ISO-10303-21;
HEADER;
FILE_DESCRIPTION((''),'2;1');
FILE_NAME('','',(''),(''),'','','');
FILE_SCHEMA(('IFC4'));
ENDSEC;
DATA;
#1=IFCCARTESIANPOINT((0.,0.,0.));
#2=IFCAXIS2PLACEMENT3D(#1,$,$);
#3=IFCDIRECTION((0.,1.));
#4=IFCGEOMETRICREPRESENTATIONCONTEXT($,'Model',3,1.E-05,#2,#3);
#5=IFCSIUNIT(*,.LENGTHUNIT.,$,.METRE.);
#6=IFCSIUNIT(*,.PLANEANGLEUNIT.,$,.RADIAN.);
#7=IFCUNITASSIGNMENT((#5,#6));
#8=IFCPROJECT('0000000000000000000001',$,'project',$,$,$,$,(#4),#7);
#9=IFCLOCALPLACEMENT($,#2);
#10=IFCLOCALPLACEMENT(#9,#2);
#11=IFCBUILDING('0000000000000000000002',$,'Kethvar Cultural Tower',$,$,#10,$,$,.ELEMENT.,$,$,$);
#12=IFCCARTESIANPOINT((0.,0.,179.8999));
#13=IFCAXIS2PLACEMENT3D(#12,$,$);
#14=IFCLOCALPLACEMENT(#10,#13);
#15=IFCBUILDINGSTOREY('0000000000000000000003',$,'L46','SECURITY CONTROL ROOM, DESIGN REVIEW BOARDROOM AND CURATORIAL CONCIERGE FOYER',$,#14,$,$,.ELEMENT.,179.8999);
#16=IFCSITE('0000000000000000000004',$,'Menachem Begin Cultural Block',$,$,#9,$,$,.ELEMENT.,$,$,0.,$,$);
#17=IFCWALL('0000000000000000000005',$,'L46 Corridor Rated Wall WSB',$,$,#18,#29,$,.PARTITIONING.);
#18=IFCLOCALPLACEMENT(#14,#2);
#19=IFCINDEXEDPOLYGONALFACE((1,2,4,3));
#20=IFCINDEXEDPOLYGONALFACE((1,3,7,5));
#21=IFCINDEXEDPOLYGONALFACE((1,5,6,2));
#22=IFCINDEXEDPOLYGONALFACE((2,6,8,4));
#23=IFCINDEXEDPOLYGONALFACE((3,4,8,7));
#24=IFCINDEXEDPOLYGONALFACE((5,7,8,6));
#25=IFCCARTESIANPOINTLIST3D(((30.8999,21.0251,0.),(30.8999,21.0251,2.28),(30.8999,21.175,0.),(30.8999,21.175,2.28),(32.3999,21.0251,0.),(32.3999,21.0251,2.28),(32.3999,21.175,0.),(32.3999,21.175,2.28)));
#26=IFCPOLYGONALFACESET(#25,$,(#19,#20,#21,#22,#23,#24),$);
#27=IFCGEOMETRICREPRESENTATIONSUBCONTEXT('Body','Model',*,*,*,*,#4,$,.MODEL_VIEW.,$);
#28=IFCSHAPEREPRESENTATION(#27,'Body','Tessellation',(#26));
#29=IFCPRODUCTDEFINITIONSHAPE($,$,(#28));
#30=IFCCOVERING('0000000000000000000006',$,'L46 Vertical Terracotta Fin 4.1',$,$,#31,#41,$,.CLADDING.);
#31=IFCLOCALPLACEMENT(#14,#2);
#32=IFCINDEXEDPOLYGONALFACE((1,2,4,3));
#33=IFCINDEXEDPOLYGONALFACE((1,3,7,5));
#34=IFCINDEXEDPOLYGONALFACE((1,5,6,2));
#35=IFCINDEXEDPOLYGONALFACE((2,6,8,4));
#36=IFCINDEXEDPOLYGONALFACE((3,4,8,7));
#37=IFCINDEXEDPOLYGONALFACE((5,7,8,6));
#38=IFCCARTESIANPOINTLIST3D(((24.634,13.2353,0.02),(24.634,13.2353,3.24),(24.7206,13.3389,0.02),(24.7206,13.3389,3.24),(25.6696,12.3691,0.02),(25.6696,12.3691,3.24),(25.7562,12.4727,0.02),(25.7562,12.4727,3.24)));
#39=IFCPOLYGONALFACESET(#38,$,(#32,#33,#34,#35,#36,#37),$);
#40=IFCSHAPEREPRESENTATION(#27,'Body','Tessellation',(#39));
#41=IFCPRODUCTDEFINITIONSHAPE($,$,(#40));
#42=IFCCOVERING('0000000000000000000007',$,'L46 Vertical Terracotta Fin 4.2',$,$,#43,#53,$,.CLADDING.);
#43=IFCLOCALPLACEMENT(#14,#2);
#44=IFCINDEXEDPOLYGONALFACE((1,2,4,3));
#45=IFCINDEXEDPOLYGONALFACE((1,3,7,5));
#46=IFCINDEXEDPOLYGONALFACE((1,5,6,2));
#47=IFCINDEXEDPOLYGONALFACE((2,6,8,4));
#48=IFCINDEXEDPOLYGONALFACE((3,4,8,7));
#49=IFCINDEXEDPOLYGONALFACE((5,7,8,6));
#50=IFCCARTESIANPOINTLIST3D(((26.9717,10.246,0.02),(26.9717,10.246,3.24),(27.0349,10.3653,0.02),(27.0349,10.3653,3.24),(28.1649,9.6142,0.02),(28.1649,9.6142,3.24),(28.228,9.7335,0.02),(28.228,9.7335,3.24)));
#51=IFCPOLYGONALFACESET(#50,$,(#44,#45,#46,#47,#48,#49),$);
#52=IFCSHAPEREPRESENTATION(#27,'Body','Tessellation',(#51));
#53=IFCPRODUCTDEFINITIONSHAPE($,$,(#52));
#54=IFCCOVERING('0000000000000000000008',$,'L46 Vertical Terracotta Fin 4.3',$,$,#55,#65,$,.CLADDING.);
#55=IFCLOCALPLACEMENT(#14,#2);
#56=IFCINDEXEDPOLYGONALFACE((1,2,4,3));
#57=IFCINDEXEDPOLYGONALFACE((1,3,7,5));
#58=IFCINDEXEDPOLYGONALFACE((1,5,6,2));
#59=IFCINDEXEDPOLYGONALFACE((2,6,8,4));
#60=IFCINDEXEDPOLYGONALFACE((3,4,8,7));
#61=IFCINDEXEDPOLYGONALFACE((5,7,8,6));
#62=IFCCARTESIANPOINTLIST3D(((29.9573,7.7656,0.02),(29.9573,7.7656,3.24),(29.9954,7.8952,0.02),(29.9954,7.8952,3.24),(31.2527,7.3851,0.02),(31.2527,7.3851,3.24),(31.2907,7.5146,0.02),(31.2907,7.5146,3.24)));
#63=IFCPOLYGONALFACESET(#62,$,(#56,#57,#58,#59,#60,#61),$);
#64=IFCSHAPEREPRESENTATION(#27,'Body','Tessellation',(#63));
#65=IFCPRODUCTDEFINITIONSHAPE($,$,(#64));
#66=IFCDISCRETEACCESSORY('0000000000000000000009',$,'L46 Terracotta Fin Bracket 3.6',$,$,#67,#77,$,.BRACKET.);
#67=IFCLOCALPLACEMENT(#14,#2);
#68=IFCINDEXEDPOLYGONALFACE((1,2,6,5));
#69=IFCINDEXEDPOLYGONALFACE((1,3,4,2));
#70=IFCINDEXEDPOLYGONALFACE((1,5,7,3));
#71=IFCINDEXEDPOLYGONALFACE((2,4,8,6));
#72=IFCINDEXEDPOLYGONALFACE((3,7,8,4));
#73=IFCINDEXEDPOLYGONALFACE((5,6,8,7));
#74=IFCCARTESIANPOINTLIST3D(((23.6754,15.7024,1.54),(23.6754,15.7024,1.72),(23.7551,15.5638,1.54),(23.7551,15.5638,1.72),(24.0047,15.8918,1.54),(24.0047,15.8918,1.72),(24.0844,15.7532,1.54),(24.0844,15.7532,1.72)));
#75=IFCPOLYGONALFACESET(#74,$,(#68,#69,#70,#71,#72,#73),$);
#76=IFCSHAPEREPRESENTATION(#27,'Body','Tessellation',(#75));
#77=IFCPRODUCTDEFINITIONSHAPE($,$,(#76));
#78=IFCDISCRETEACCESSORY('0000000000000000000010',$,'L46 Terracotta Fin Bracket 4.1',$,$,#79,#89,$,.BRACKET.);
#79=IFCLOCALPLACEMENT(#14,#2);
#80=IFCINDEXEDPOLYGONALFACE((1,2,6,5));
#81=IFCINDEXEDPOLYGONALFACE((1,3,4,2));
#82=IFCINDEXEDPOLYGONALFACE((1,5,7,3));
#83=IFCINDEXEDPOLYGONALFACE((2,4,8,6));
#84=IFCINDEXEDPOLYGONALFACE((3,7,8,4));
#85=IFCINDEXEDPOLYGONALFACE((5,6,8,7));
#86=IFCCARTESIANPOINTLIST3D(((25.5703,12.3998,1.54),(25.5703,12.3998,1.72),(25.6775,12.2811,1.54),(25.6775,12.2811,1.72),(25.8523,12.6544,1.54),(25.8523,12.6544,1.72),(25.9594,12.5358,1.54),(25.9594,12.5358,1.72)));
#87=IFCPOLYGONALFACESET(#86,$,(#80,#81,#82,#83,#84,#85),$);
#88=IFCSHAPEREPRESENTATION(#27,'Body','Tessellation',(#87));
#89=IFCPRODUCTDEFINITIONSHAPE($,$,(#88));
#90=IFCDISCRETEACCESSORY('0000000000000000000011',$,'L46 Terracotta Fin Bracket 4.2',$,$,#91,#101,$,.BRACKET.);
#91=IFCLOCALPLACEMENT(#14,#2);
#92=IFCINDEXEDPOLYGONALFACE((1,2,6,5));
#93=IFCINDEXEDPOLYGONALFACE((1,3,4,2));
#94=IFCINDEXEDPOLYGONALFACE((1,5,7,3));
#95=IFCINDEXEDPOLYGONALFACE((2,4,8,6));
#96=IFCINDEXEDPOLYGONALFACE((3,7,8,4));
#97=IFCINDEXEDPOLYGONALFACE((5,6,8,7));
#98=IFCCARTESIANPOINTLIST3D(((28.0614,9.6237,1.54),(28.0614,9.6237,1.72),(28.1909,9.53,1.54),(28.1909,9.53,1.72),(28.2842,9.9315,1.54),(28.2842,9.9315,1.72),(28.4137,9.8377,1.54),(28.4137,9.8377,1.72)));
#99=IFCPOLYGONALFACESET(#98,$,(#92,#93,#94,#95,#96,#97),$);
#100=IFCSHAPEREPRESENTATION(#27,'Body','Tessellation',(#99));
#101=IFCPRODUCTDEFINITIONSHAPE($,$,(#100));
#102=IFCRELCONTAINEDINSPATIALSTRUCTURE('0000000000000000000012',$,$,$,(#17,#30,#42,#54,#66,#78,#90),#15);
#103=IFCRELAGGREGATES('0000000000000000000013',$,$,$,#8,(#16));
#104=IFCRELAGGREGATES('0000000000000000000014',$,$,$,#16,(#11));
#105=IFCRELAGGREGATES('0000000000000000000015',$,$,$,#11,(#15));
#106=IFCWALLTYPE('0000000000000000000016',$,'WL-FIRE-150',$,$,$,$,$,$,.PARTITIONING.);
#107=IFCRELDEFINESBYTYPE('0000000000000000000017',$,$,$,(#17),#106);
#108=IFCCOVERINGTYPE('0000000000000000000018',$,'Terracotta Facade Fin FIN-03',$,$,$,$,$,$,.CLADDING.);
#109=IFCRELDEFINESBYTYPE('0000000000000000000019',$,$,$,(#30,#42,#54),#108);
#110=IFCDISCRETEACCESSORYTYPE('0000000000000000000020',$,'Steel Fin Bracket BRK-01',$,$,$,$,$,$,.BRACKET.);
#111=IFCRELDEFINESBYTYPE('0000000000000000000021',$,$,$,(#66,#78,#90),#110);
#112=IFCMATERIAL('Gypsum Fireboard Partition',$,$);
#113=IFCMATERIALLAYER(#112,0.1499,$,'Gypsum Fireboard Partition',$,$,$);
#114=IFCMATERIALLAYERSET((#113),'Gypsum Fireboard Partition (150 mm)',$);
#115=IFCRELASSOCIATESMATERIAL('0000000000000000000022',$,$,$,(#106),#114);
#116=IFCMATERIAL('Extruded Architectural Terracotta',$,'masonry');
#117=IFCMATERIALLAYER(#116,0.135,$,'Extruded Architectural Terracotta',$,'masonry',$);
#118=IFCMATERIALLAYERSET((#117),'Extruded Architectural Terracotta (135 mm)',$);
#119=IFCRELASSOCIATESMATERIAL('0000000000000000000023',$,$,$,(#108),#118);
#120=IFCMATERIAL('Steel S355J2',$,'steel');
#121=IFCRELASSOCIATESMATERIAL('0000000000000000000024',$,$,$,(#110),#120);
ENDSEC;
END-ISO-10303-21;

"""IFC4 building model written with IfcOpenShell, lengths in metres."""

from ifc_helpers import new_model, si_unit, direction, frame, frame_2d, origin, origin_2d, place, context, subcontext, project, spatial, rectangle, extrude, source, transform, mapped, material, layer, layer_set, type_object, element, save


model = new_model("IFC4")

# Units and contexts
model_context = context("Model", 3, precision=1e-05, world=origin(), true_north=direction((0.0, 1.0)))
body_context = subcontext(model_context, "Body", "Model", "MODEL_VIEW")
ifc_project = project(units=[si_unit("LENGTHUNIT", "METRE"), si_unit("PLANEANGLEUNIT", "RADIAN")], contexts=[model_context])

# Site, building, storey
site_placement = place(None, origin())
site = spatial("IfcSite", under=ifc_project, at=site_placement, Name="Menachem Begin Cultural Block", CompositionType="ELEMENT", RefElevation=0.0)
building_placement = place(site_placement, origin())
building = spatial("IfcBuilding", under=site, at=building_placement, Name="Kethvar Cultural Tower", CompositionType="ELEMENT")
storey_placement = place(building_placement, frame((0.0, 0.0, 179.8999)))
storey = spatial("IfcBuildingStorey", under=building, at=storey_placement, Name="L46", Description="SECURITY CONTROL ROOM, DESIGN REVIEW BOARDROOM AND CURATORIAL CONCIERGE FOYER", CompositionType="ELEMENT", Elevation=179.8999)

# Shared definitions
ifc_material_1 = material(Name="Steel S355J2", Category="steel")

# Wall
ifc_material_2 = material(Name="Gypsum Fireboard Partition")
ifc_layer_1 = layer(ifc_material_2, 0.1499, Name="Gypsum Fireboard Partition")
ifc_layer_set_1 = layer_set([ifc_layer_1], Name="Gypsum Fireboard Partition (150 mm)")
wall_type = type_object("IfcWallType", Name="WL-FIRE-150", PredefinedType="PARTITIONING", material=ifc_layer_set_1)
wall_placement = place(storey_placement, frame((30.8999, 21.1001, 0.0), z_axis=(0.0, 0.0, 1.0), x_axis=(1.0, 0.0, 0.0)))
element("IfcWall", 1, at=wall_placement, inside=storey, type_object=wall_type, Name="L46 Corridor Rated Wall WSB", PredefinedType="PARTITIONING", context=body_context, shape_type="SweptSolid", body=[
    extrude(rectangle(XDim=1.5, YDim=0.1499, at=frame_2d((0.75, 0.0))), origin(), (0.0, 0.0, 1.0), 2.28),
])

# Coverings
ifc_material_3 = material(Name="Extruded Architectural Terracotta", Category="masonry")
ifc_layer_2 = layer(ifc_material_3, 0.135, Name="Extruded Architectural Terracotta", Category="masonry")
ifc_layer_set_2 = layer_set([ifc_layer_2], Name="Extruded Architectural Terracotta (135 mm)")
covering_type = type_object("IfcCoveringType", Name="Terracotta Facade Fin FIN-03", PredefinedType="CLADDING", material=ifc_layer_set_2)
shared_shape_1 = source(origin(), body_context, "Body", "SweptSolid", [
    extrude(rectangle(XDim=1.3501, YDim=0.135, at=origin_2d()), origin(), (0.0, 0.0, 1.0), 3.22),
])
for number, where, z_axis, x_axis, name in (
    (2, (25.1951, 12.854, 0.02), (0.0, 0.0, 1.0), (-0.767053, 0.641584, 0.0), "L46 Vertical Terracotta Fin 4.1"),
    (3, (27.5999, 9.9897, 0.02), (0.0, 0.0, 1.0), (-0.883766, 0.46793, 0.0), "L46 Vertical Terracotta Fin 4.2"),
    (4, (30.624, 7.6401, 0.02), (0.0, 0.0, 1.0), (-0.959462, 0.281839, 0.0), "L46 Vertical Terracotta Fin 4.3"),
):
    element("IfcCovering", number, at=place(storey_placement, frame(where, z_axis=z_axis, x_axis=x_axis)), inside=storey, type_object=covering_type, Name=name, PredefinedType="CLADDING", context=body_context, shape_type="MappedRepresentation", body=[
        mapped(shared_shape_1, transform((0.0, 0.0, 0.0), scale=1.0)),
    ])

# Discrete accessories
discrete_accessory_type = type_object("IfcDiscreteAccessoryType", Name="Steel Fin Bracket BRK-01", PredefinedType="BRACKET", material=ifc_material_1)
shared_shape_2 = source(origin(), body_context, "Body", "SweptSolid", [
    extrude(rectangle(XDim=0.3799, YDim=0.1599, at=origin_2d()), origin(), (0.0, 0.0, 1.0), 0.1799),
])
for number, where, z_axis, x_axis, name in (
    (5, (23.8799, 15.7278, 1.54), (0.0, 0.0, 1.0), (-0.86681, -0.498639, 0.0), "L46 Terracotta Fin Bracket 3.6"),
    (6, (25.7649, 12.4678, 1.54), (0.0, 0.0, 1.0), (-0.742093, -0.670297, 0.0), "L46 Terracotta Fin Bracket 4.1"),
    (7, (28.2375, 9.7307, 1.54), (0.0, 0.0, 1.0), (-0.586372, -0.810042, 0.0), "L46 Terracotta Fin Bracket 4.2"),
):
    element("IfcDiscreteAccessory", number, at=place(storey_placement, frame(where, z_axis=z_axis, x_axis=x_axis)), inside=storey, type_object=discrete_accessory_type, Name=name, PredefinedType="BRACKET", context=body_context, shape_type="MappedRepresentation", body=[
        mapped(shared_shape_2, transform((0.0, 0.0, 0.0), scale=1.0)),
    ])

save(model, "model.ifc")
